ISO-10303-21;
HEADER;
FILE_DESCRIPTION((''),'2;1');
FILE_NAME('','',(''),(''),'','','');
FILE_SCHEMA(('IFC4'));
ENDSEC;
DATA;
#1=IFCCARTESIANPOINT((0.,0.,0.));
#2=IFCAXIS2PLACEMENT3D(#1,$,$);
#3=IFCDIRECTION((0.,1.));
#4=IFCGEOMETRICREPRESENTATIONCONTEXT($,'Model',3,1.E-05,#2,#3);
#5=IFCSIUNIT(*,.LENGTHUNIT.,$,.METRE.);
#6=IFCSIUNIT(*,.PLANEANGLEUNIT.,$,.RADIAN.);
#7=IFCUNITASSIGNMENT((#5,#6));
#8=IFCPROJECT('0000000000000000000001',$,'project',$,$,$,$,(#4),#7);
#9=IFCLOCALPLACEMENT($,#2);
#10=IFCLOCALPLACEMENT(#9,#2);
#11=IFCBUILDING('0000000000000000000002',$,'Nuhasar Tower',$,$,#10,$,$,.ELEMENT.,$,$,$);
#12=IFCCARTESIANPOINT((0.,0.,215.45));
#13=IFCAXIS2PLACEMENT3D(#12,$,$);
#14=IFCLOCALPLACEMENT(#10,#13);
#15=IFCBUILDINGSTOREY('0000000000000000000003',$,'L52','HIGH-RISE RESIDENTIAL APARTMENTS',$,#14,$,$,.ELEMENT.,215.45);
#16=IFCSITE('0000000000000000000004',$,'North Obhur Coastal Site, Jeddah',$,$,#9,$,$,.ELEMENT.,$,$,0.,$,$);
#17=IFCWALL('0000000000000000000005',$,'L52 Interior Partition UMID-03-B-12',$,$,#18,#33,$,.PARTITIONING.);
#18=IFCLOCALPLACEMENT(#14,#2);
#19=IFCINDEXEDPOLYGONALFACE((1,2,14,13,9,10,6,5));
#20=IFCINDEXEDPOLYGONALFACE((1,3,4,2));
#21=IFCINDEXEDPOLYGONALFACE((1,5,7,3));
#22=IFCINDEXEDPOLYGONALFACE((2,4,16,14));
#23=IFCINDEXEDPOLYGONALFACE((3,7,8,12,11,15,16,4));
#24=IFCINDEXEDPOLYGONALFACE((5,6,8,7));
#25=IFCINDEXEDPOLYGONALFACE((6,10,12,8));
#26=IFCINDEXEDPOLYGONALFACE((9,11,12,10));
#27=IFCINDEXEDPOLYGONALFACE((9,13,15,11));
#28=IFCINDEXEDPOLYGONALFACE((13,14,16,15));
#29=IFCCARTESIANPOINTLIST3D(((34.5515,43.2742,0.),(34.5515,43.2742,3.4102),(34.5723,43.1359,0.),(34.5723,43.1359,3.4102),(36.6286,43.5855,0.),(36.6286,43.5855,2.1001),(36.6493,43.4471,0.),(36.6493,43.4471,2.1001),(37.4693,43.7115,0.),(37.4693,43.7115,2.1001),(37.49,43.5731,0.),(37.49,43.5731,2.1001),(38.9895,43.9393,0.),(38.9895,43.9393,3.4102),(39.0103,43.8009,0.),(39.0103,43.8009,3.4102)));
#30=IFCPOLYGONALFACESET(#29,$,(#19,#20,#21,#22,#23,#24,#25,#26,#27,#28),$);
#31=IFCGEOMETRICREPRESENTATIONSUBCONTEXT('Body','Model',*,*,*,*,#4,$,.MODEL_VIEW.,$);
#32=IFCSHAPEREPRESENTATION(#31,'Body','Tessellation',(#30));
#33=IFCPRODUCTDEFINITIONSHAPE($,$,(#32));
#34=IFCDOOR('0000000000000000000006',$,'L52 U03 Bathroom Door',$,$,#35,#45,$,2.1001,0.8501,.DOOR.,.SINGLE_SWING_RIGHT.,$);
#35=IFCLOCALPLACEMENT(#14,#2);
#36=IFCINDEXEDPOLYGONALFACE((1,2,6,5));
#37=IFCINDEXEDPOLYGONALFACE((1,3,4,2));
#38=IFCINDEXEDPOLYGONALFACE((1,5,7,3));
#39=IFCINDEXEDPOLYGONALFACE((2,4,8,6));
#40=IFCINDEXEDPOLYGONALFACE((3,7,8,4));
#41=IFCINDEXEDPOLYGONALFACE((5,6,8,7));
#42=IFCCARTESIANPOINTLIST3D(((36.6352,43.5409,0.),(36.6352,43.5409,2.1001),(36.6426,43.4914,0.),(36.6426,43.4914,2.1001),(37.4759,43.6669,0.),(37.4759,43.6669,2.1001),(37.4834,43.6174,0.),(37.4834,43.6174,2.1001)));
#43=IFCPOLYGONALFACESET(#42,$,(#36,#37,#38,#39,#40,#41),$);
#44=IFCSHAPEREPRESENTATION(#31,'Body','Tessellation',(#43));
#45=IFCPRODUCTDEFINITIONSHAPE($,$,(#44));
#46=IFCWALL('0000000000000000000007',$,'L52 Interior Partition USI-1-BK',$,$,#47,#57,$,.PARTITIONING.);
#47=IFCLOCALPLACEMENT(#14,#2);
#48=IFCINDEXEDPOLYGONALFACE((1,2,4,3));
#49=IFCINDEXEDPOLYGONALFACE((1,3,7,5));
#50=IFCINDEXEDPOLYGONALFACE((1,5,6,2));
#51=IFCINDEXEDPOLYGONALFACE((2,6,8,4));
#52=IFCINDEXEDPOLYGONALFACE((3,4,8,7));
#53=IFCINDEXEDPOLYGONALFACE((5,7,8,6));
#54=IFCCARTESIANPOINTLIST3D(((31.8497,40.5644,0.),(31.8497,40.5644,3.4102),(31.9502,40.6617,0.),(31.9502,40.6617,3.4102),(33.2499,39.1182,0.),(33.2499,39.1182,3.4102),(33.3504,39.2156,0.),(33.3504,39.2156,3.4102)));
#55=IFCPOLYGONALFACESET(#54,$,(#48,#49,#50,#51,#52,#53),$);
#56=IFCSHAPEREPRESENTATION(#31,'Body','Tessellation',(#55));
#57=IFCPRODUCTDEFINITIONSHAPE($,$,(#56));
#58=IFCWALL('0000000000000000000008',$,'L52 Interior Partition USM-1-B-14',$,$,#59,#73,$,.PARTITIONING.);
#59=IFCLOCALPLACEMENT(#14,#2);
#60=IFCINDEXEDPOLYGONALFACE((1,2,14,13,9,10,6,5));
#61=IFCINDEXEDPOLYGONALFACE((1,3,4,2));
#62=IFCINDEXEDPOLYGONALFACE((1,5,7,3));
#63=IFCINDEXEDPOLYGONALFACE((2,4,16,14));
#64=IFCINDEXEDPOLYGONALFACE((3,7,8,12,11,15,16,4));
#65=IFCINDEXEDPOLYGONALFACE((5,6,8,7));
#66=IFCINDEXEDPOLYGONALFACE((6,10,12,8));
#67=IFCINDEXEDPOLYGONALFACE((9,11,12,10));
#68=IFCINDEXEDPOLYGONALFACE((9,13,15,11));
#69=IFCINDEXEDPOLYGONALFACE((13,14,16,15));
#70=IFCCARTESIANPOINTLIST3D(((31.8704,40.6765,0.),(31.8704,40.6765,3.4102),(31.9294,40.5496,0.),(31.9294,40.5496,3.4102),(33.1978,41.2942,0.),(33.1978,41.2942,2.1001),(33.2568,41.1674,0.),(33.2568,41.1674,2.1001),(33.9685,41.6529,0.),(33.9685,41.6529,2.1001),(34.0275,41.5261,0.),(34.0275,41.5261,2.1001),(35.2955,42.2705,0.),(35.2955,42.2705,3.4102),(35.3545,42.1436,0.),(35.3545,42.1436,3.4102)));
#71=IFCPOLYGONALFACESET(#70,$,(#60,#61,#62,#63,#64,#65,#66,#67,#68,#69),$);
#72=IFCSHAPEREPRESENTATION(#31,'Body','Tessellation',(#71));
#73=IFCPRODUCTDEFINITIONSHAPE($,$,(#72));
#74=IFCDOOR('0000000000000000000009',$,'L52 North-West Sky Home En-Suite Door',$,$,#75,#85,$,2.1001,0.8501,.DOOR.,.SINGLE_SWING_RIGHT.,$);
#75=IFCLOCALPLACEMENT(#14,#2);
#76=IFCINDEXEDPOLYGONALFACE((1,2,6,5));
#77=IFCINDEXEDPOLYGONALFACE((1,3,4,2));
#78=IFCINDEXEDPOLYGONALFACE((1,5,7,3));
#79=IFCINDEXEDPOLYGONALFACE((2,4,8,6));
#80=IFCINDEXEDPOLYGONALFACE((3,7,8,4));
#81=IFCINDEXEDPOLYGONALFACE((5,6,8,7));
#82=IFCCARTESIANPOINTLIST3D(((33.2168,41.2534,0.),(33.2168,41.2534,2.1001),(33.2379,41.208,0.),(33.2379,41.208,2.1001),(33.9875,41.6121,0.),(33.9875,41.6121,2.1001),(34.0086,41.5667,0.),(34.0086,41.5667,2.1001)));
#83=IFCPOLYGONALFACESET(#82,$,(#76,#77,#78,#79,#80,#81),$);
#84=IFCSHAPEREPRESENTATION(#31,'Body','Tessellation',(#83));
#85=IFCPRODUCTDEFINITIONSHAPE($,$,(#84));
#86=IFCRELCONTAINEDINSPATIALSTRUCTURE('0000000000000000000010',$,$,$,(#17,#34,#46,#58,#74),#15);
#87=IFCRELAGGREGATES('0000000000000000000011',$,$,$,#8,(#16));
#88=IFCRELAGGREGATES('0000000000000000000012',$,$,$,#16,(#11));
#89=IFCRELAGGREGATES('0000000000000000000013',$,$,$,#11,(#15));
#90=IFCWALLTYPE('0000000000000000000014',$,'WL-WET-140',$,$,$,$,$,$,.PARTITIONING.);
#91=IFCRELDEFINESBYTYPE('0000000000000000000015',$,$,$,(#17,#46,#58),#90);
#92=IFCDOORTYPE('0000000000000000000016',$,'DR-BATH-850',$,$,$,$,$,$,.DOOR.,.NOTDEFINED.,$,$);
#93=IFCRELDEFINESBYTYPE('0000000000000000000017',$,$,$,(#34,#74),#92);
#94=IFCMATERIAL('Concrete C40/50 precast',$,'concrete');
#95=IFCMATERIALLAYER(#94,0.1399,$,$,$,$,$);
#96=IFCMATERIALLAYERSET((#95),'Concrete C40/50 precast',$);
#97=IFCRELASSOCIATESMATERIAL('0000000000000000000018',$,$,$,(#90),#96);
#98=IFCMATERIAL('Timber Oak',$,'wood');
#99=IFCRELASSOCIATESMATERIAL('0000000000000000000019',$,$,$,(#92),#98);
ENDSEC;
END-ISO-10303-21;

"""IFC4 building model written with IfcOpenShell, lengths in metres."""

from ifc_helpers import new_model, si_unit, direction, frame, frame_2d, origin, place, context, subcontext, project, spatial, rectangle, extrude, material, layer, layer_set, type_object, element, fill, save


model = new_model("IFC4")

# Units and contexts
model_context = context("Model", 3, precision=1e-05, world=origin(), true_north=direction((0.0, 1.0)))
body_context = subcontext(model_context, "Body", "Model", "MODEL_VIEW")
ifc_project = project(units=[si_unit("LENGTHUNIT", "METRE"), si_unit("PLANEANGLEUNIT", "RADIAN")], contexts=[model_context])

# Site, building, storey
site_placement = place(None, origin())
site = spatial("IfcSite", under=ifc_project, at=site_placement, Name="North Obhur Coastal Site, Jeddah", CompositionType="ELEMENT", RefElevation=0.0)
building_placement = place(site_placement, origin())
building = spatial("IfcBuilding", under=site, at=building_placement, Name="Nuhasar Tower", CompositionType="ELEMENT")
storey_placement = place(building_placement, frame((0.0, 0.0, 215.45)))
storey = spatial("IfcBuildingStorey", under=building, at=storey_placement, Name="L52", Description="HIGH-RISE RESIDENTIAL APARTMENTS", CompositionType="ELEMENT", Elevation=215.45)

# Shared definitions
ifc_material_1 = material(Name="Concrete C40/50 precast", Category="concrete")

# Wall, opening, door
ifc_layer_1 = layer(ifc_material_1, 0.1399)
ifc_layer_set_1 = layer_set([ifc_layer_1], Name="Concrete C40/50 precast")
wall_type_1 = type_object("IfcWallType", Name="WL-WET-140", PredefinedType="PARTITIONING", material=ifc_layer_set_1)
wall_1_placement = place(storey_placement, frame((34.562, 43.2051, 0.0), z_axis=(0.0, 0.0, 1.0), x_axis=(0.988958, 0.148197, 0.0)))
wall_1 = element("IfcWall", 1, at=wall_1_placement, inside=storey, type_object=wall_type_1, Name="L52 Interior Partition UMID-03-B-12", PredefinedType="PARTITIONING", context=body_context, shape_type="SweptSolid", body=[
    extrude(rectangle(XDim=4.4875, YDim=0.1399, at=frame_2d((2.2437, 0.0))), origin(), (0.0, 0.0, 1.0), 3.4102),
])
opening_1_placement = place(wall_1_placement, frame((2.1001, 0.0, 0.0)))
opening_1 = element("IfcOpeningElement", 2, at=opening_1_placement, cuts=wall_1, PredefinedType="OPENING", context=body_context, shape_type="SweptSolid", body=[
    extrude(rectangle(XDim=0.8501, YDim=2.1001, at=frame_2d((0.425, 1.05))), frame((0.0, 0.0801, 0.0), z_axis=(0.0, -1.0, 0.0), x_axis=(1.0, 0.0, 0.0)), (0.0, 0.0, 1.0), 0.1599),
])
ifc_material_2 = material(Name="Timber Oak", Category="wood")
door_type_1 = type_object("IfcDoorType", Name="DR-BATH-850", OperationType="NOTDEFINED", PredefinedType="DOOR", material=ifc_material_2)
door_1_placement = place(opening_1_placement, origin())
door_1 = element("IfcDoor", 3, at=door_1_placement, inside=storey, type_object=door_type_1, Name="L52 U03 Bathroom Door", OperationType="SINGLE_SWING_RIGHT", OverallHeight=2.1001, OverallWidth=0.8501, PredefinedType="DOOR", context=body_context, shape_type="SweptSolid", body=[
    extrude(rectangle(XDim=0.8501, YDim=2.1001, at=frame_2d((0.425, 1.05))), frame((0.0, 0.0249, 0.0), z_axis=(0.0, -1.0, 0.0), x_axis=(1.0, 0.0, 0.0)), (0.0, 0.0, 1.0), 0.05),
])
fill(opening_1, door_1)

# Wall
wall_2_placement = place(storey_placement, frame((33.3, 39.167, 0.0), z_axis=(0.0, 0.0, 1.0), x_axis=(-0.695613, 0.718416, 0.0)))
element("IfcWall", 4, at=wall_2_placement, inside=storey, type_object=wall_type_1, Name="L52 Interior Partition USI-1-BK", PredefinedType="PARTITIONING", context=body_context, shape_type="SweptSolid", body=[
    extrude(rectangle(XDim=2.0129, YDim=0.1399, at=frame_2d((1.0063, 0.0))), origin(), (0.0, 0.0, 1.0), 3.4102),
])

# Wall, opening, door
wall_3_placement = place(storey_placement, frame((31.8999, 40.613, 0.0), z_axis=(0.0, 0.0, 1.0), x_axis=(0.906625, 0.421937, 0.0)))
wall_3 = element("IfcWall", 5, at=wall_3_placement, inside=storey, type_object=wall_type_1, Name="L52 Interior Partition USM-1-B-14", PredefinedType="PARTITIONING", context=body_context, shape_type="SweptSolid", body=[
    extrude(rectangle(XDim=3.7778, YDim=0.1399, at=frame_2d((1.8889, 0.0))), origin(), (0.0, 0.0, 1.0), 3.4102),
])
opening_2_placement = place(wall_3_placement, frame((1.4641, 0.0, 0.0)))
opening_2 = element("IfcOpeningElement", 6, at=opening_2_placement, cuts=wall_3, PredefinedType="OPENING", context=body_context, shape_type="SweptSolid", body=[
    extrude(rectangle(XDim=0.8501, YDim=2.1001, at=frame_2d((0.425, 1.05))), frame((0.0, 0.0801, 0.0), z_axis=(0.0, -1.0, 0.0), x_axis=(1.0, 0.0, 0.0)), (0.0, 0.0, 1.0), 0.1599),
])
door_2_placement = place(opening_2_placement, origin())
door_2 = element("IfcDoor", 7, at=door_2_placement, inside=storey, type_object=door_type_1, Name="L52 North-West Sky Home En-Suite Door", OperationType="SINGLE_SWING_RIGHT", OverallHeight=2.1001, OverallWidth=0.8501, PredefinedType="DOOR", context=body_context, shape_type="SweptSolid", body=[
    extrude(rectangle(XDim=0.8501, YDim=2.1001, at=frame_2d((0.425, 1.05))), frame((0.0, 0.0249, 0.0), z_axis=(0.0, -1.0, 0.0), x_axis=(1.0, 0.0, 0.0)), (0.0, 0.0, 1.0), 0.05),
])
fill(opening_2, door_2)

save(model, "model.ifc")
